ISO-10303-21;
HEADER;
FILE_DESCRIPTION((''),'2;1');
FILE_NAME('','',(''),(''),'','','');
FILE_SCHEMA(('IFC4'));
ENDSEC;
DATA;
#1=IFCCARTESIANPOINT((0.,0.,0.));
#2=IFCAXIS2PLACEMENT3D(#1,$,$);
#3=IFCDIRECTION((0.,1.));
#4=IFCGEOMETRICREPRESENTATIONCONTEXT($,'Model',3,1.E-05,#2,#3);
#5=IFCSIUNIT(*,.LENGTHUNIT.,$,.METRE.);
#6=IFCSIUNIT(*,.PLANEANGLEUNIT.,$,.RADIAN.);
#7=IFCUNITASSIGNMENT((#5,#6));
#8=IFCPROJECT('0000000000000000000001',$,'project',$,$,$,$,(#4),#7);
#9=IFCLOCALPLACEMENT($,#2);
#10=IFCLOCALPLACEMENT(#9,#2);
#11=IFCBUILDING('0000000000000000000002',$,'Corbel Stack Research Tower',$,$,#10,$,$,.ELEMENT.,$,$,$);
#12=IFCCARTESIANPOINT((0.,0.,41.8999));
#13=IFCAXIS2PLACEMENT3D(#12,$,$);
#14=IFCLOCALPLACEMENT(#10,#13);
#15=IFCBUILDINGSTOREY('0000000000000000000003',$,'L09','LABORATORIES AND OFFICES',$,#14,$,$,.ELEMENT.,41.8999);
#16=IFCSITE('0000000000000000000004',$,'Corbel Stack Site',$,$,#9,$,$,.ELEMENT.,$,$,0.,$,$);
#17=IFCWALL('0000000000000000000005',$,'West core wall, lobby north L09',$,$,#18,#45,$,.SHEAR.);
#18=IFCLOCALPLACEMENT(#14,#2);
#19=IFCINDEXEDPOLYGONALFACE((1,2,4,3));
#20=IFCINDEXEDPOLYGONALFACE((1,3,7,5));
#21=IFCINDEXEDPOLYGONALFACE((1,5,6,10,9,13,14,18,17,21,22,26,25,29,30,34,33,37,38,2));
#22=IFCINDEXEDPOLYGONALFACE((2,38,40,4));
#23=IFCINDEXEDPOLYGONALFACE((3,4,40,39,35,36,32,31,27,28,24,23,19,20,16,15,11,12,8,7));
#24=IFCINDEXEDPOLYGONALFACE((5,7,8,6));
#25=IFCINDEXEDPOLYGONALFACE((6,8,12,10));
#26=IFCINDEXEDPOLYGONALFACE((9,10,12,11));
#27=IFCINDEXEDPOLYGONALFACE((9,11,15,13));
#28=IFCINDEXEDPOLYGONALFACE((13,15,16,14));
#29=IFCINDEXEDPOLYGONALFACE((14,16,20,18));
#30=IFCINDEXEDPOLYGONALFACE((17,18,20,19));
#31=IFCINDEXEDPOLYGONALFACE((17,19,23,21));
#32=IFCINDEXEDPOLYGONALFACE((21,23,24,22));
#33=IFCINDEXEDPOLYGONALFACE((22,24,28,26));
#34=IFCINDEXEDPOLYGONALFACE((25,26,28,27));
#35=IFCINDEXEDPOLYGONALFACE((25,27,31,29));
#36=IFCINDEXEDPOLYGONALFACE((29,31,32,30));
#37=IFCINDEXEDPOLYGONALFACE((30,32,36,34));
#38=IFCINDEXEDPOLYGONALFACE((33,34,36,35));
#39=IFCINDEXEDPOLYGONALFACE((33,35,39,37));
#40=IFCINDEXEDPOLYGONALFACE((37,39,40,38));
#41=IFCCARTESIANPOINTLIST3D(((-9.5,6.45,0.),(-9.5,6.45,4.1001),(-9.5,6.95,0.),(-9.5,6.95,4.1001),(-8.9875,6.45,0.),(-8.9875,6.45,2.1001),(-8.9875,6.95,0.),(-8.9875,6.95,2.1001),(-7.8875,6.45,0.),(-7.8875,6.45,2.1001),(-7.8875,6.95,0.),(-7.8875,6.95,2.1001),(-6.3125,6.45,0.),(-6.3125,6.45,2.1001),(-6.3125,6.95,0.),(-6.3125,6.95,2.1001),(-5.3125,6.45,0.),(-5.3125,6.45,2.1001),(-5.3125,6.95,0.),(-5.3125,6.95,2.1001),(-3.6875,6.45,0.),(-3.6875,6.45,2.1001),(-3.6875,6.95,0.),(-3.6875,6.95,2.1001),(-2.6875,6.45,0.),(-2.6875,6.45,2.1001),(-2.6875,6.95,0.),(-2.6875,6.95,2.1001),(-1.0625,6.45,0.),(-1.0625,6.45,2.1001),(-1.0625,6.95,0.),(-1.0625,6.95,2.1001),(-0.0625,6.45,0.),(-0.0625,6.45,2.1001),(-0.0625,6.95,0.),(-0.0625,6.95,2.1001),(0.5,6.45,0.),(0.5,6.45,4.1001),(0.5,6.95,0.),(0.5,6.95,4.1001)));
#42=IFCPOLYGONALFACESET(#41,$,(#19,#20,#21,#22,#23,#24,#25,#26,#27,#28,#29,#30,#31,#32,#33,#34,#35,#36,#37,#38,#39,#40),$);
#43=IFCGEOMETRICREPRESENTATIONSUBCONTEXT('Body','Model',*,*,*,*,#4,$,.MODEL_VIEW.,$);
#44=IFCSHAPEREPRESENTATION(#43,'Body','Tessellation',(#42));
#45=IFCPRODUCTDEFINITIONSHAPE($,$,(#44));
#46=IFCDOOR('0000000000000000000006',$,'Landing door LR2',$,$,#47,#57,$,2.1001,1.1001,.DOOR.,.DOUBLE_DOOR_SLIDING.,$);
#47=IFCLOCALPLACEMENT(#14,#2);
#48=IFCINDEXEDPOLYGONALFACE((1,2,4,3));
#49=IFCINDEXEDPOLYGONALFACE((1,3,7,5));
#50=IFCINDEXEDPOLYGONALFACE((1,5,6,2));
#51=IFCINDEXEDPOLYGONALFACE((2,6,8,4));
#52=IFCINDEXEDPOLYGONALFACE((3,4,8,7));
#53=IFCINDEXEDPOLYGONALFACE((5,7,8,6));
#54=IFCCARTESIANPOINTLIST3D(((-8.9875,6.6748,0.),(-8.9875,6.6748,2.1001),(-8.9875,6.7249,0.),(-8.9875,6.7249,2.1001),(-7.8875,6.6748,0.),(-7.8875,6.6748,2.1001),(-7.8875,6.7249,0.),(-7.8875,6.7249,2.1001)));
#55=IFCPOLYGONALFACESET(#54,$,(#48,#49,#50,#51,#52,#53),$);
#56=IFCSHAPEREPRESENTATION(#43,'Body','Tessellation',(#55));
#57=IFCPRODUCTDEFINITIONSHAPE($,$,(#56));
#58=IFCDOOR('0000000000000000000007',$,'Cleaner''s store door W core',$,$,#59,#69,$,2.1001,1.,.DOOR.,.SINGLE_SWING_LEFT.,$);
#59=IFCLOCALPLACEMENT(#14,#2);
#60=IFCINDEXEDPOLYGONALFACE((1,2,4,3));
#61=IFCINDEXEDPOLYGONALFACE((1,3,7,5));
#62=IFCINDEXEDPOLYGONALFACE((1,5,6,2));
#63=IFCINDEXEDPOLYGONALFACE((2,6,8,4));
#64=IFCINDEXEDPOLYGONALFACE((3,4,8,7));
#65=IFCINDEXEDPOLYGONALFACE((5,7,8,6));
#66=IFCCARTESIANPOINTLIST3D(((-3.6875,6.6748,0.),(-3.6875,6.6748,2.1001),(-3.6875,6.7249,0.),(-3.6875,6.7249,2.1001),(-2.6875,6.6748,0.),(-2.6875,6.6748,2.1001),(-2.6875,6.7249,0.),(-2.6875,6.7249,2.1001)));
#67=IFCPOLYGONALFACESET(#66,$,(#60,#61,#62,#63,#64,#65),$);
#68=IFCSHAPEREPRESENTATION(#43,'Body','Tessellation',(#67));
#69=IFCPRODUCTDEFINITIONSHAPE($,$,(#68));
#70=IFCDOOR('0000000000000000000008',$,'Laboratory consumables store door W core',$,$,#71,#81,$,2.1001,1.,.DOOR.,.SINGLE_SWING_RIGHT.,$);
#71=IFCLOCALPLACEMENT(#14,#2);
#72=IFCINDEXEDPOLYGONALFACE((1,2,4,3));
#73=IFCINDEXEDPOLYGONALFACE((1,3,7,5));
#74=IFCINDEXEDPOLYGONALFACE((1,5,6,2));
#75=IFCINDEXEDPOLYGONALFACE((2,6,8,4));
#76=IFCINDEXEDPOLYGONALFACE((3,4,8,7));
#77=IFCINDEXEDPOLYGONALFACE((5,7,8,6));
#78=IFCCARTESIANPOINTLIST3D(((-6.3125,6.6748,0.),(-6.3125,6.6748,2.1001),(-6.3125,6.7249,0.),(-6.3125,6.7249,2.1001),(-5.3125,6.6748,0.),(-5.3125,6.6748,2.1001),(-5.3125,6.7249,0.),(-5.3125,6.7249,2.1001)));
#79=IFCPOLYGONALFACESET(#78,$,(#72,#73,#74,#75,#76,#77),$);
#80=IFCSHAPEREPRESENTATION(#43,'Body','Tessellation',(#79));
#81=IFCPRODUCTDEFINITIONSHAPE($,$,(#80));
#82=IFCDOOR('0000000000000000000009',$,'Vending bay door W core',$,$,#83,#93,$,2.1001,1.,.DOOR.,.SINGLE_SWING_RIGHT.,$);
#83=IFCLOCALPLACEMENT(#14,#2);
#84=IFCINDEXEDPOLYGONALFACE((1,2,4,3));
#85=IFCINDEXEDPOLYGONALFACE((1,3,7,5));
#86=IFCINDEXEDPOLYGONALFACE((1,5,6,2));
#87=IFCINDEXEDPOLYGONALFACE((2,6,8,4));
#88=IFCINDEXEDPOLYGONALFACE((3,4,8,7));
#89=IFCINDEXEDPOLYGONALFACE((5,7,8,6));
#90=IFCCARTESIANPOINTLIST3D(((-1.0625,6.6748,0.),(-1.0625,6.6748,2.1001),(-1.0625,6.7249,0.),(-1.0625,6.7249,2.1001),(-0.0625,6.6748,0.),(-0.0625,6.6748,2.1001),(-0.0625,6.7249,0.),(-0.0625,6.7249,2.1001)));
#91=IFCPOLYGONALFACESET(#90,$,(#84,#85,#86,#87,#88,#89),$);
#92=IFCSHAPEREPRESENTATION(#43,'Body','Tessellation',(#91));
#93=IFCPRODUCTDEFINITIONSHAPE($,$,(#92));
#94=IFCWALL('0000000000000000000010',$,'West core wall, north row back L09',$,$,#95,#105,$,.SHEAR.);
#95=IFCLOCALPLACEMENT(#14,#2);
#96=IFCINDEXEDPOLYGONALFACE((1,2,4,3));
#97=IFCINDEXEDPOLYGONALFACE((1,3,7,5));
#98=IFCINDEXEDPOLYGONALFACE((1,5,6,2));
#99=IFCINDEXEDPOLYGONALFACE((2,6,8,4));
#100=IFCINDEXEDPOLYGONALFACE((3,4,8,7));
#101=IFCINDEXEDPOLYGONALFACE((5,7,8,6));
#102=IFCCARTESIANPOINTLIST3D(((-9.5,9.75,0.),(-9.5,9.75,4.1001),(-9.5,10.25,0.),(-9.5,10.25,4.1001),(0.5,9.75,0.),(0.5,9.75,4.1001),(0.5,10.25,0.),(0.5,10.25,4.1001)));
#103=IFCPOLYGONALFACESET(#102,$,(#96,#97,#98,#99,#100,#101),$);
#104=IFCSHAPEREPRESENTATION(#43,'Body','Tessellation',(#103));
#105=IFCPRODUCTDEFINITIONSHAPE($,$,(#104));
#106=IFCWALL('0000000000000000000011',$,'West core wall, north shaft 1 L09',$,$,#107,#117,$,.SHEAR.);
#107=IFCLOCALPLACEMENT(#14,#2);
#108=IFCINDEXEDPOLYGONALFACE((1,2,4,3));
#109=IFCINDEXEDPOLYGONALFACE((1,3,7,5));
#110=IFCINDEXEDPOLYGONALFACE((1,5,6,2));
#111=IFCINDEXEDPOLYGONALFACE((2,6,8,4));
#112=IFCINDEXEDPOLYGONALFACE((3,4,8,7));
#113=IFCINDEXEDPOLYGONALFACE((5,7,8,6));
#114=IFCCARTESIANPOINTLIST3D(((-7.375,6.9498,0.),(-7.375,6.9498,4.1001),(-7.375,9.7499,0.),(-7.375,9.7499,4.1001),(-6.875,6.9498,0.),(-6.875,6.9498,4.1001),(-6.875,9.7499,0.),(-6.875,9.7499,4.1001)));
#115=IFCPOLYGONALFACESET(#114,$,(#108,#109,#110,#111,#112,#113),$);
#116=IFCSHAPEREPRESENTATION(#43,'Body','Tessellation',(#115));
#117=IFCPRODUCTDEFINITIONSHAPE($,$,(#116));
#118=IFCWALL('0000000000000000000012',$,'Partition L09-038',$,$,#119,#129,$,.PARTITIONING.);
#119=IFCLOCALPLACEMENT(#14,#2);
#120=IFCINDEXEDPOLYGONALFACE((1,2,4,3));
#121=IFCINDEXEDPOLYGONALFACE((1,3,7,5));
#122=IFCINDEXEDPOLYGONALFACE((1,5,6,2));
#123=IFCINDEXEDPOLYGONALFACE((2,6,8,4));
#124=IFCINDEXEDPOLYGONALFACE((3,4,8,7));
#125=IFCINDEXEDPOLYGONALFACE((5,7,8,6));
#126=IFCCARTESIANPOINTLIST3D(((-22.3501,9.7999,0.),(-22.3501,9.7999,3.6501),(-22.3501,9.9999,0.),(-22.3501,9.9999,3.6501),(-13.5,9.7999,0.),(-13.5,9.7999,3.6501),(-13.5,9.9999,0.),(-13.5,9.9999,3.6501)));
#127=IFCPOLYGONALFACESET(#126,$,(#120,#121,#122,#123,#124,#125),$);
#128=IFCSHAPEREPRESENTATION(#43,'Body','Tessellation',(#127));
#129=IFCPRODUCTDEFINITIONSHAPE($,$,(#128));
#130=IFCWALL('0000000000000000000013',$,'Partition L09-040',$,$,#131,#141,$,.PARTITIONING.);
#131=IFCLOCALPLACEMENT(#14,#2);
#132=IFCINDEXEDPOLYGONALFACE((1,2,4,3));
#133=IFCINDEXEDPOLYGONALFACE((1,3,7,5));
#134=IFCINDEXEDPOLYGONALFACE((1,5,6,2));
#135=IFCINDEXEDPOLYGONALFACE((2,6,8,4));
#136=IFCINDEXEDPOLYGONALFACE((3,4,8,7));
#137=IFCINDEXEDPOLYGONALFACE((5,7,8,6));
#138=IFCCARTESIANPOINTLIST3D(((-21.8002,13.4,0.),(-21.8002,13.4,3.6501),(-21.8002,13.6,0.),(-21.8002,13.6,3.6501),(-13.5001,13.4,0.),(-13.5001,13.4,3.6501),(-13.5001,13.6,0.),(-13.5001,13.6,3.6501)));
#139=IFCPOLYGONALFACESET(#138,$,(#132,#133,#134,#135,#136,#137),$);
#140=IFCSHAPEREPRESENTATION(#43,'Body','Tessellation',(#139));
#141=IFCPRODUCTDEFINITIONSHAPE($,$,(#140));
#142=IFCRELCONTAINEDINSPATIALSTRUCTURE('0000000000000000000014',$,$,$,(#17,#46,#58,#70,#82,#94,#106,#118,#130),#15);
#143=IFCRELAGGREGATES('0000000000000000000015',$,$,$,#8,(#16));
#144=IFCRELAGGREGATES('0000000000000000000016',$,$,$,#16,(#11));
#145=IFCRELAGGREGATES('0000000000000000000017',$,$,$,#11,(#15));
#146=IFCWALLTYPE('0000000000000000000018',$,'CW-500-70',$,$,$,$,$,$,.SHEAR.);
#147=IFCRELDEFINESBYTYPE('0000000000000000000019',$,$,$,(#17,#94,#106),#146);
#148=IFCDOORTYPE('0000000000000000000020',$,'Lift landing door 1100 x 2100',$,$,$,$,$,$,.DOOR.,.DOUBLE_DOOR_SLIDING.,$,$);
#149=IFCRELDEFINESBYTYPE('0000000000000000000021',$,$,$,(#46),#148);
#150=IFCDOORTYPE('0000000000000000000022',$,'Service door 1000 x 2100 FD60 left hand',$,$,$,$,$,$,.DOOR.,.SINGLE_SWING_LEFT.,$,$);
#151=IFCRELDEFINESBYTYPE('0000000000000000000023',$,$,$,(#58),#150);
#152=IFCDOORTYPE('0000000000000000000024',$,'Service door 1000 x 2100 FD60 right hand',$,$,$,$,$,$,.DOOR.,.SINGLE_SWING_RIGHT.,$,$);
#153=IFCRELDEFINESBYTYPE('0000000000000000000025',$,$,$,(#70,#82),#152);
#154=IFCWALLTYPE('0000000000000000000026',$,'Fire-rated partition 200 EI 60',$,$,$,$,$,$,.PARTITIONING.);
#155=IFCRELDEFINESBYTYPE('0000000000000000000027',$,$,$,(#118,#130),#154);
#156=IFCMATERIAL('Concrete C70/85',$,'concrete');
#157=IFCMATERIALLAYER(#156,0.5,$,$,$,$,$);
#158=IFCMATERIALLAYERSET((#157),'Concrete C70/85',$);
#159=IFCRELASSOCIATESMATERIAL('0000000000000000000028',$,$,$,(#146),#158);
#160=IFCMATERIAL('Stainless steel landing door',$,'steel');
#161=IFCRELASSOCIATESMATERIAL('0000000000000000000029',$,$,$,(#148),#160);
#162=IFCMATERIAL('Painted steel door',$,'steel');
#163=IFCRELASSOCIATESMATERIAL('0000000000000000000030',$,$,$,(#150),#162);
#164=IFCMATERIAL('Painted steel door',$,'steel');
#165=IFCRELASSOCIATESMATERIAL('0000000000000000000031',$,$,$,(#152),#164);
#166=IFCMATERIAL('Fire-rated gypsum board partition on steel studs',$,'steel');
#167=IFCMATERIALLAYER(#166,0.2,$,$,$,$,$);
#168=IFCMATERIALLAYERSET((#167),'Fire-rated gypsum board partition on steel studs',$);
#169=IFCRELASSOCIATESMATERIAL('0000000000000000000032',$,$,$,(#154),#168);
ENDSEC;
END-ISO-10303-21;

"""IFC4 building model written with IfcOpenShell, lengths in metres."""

from ifc_helpers import new_model, si_unit, direction, frame, frame_2d, origin, place, context, subcontext, project, spatial, rectangle, extrude, material, layer, layer_set, type_object, element, fill, save


model = new_model("IFC4")

# Units and contexts
model_context = context("Model", 3, precision=1e-05, world=origin(), true_north=direction((0.0, 1.0)))
body_context = subcontext(model_context, "Body", "Model", "MODEL_VIEW")
ifc_project = project(units=[si_unit("LENGTHUNIT", "METRE"), si_unit("PLANEANGLEUNIT", "RADIAN")], contexts=[model_context])

# Site, building, storey
site_placement = place(None, origin())
site = spatial("IfcSite", under=ifc_project, at=site_placement, Name="Corbel Stack Site", CompositionType="ELEMENT", RefElevation=0.0)
building_placement = place(site_placement, origin())
building = spatial("IfcBuilding", under=site, at=building_placement, Name="Corbel Stack Research Tower", CompositionType="ELEMENT")
storey_placement = place(building_placement, frame((0.0, 0.0, 41.8999)))
storey = spatial("IfcBuildingStorey", under=building, at=storey_placement, Name="L09", Description="LABORATORIES AND OFFICES", CompositionType="ELEMENT", Elevation=41.8999)

# Wall, openings, doors
ifc_material_1 = material(Name="Concrete C70/85", Category="concrete")
ifc_layer_1 = layer(ifc_material_1, 0.5)
ifc_layer_set_1 = layer_set([ifc_layer_1], Name="Concrete C70/85")
wall_type_1 = type_object("IfcWallType", Name="CW-500-70", PredefinedType="SHEAR", material=ifc_layer_set_1)
ifc_material_2 = material(Name="Stainless steel landing door", Category="steel")
door_type_1 = type_object("IfcDoorType", Name="Lift landing door 1100 x 2100", OperationType="DOUBLE_DOOR_SLIDING", PredefinedType="DOOR", material=ifc_material_2)
wall_1_placement = place(storey_placement, frame((-9.5, 6.7, 0.0), z_axis=(0.0, 0.0, 1.0), x_axis=(1.0, 0.0, 0.0)))
wall_1 = element("IfcWall", 1, at=wall_1_placement, inside=storey, type_object=wall_type_1, Name="West core wall, lobby north L09", PredefinedType="SHEAR", context=body_context, shape_type="SweptSolid", body=[
    extrude(rectangle(XDim=10.0, YDim=0.5, at=frame_2d((5.0, 0.0))), origin(), (0.0, 0.0, 1.0), 4.1001),
])
opening_1_placement = place(wall_1_placement, frame((0.5125, 0.0, 0.0)))
opening_1 = element("IfcOpeningElement", 2, at=opening_1_placement, cuts=wall_1, PredefinedType="OPENING", context=body_context, shape_type="SweptSolid", body=[
    extrude(rectangle(XDim=1.1001, YDim=2.1001, at=frame_2d((0.55, 1.05))), frame((0.0, 0.26, 0.0), z_axis=(0.0, -1.0, 0.0), x_axis=(1.0, 0.0, 0.0)), (0.0, 0.0, 1.0), 0.52),
])
opening_2_placement = place(wall_1_placement, frame((3.1875, 0.0, 0.0)))
opening_2 = element("IfcOpeningElement", 3, at=opening_2_placement, cuts=wall_1, PredefinedType="OPENING", context=body_context, shape_type="SweptSolid", body=[
    extrude(rectangle(XDim=1.0, YDim=2.1001, at=frame_2d((0.5, 1.05))), frame((0.0, 0.26, 0.0), z_axis=(0.0, -1.0, 0.0), x_axis=(1.0, 0.0, 0.0)), (0.0, 0.0, 1.0), 0.52),
])
opening_3_placement = place(wall_1_placement, frame((5.8125, 0.0, 0.0)))
opening_3 = element("IfcOpeningElement", 4, at=opening_3_placement, cuts=wall_1, PredefinedType="OPENING", context=body_context, shape_type="SweptSolid", body=[
    extrude(rectangle(XDim=1.0, YDim=2.1001, at=frame_2d((0.5, 1.05))), frame((0.0, 0.26, 0.0), z_axis=(0.0, -1.0, 0.0), x_axis=(1.0, 0.0, 0.0)), (0.0, 0.0, 1.0), 0.52),
])
opening_4_placement = place(wall_1_placement, frame((8.4375, 0.0, 0.0)))
opening_4 = element("IfcOpeningElement", 5, at=opening_4_placement, cuts=wall_1, PredefinedType="OPENING", context=body_context, shape_type="SweptSolid", body=[
    extrude(rectangle(XDim=1.0, YDim=2.1001, at=frame_2d((0.5, 1.05))), frame((0.0, 0.26, 0.0), z_axis=(0.0, -1.0, 0.0), x_axis=(1.0, 0.0, 0.0)), (0.0, 0.0, 1.0), 0.52),
])
door_1_placement = place(opening_1_placement, origin())
door_1 = element("IfcDoor", 6, at=door_1_placement, inside=storey, type_object=door_type_1, Name="Landing door LR2", OperationType="DOUBLE_DOOR_SLIDING", OverallHeight=2.1001, OverallWidth=1.1001, PredefinedType="DOOR", context=body_context, shape_type="SweptSolid", body=[
    extrude(rectangle(XDim=1.1001, YDim=2.1001, at=frame_2d((0.55, 1.05))), frame((0.0, 0.0249, 0.0), z_axis=(0.0, -1.0, 0.0), x_axis=(1.0, 0.0, 0.0)), (0.0, 0.0, 1.0), 0.05),
])
fill(opening_1, door_1)
ifc_material_3 = material(Name="Painted steel door", Category="steel")
door_type_2 = type_object("IfcDoorType", Name="Service door 1000 x 2100 FD60 left hand", OperationType="SINGLE_SWING_LEFT", PredefinedType="DOOR", material=ifc_material_3)
door_2_placement = place(opening_3_placement, origin())
door_2 = element("IfcDoor", 7, at=door_2_placement, inside=storey, type_object=door_type_2, Name="Cleaner's store door W core", OperationType="SINGLE_SWING_LEFT", OverallHeight=2.1001, OverallWidth=1.0, PredefinedType="DOOR", context=body_context, shape_type="SweptSolid", body=[
    extrude(rectangle(XDim=1.0, YDim=2.1001, at=frame_2d((0.5, 1.05))), frame((0.0, 0.0249, 0.0), z_axis=(0.0, -1.0, 0.0), x_axis=(1.0, 0.0, 0.0)), (0.0, 0.0, 1.0), 0.05),
])
fill(opening_3, door_2)
ifc_material_4 = material(Name="Painted steel door", Category="steel")
door_type_3 = type_object("IfcDoorType", Name="Service door 1000 x 2100 FD60 right hand", OperationType="SINGLE_SWING_RIGHT", PredefinedType="DOOR", material=ifc_material_4)
door_3_placement = place(opening_2_placement, origin())
door_3 = element("IfcDoor", 8, at=door_3_placement, inside=storey, type_object=door_type_3, Name="Laboratory consumables store door W core", OperationType="SINGLE_SWING_RIGHT", OverallHeight=2.1001, OverallWidth=1.0, PredefinedType="DOOR", context=body_context, shape_type="SweptSolid", body=[
    extrude(rectangle(XDim=1.0, YDim=2.1001, at=frame_2d((0.5, 1.05))), frame((0.0, 0.0249, 0.0), z_axis=(0.0, -1.0, 0.0), x_axis=(1.0, 0.0, 0.0)), (0.0, 0.0, 1.0), 0.05),
])
fill(opening_2, door_3)
door_4_placement = place(opening_4_placement, origin())
door_4 = element("IfcDoor", 9, at=door_4_placement, inside=storey, type_object=door_type_3, Name="Vending bay door W core", OperationType="SINGLE_SWING_RIGHT", OverallHeight=2.1001, OverallWidth=1.0, PredefinedType="DOOR", context=body_context, shape_type="SweptSolid", body=[
    extrude(rectangle(XDim=1.0, YDim=2.1001, at=frame_2d((0.5, 1.05))), frame((0.0, 0.0249, 0.0), z_axis=(0.0, -1.0, 0.0), x_axis=(1.0, 0.0, 0.0)), (0.0, 0.0, 1.0), 0.05),
])
fill(opening_4, door_4)

# Walls
wall_2_placement = place(storey_placement, frame((-9.5, 10.0, 0.0), z_axis=(0.0, 0.0, 1.0), x_axis=(1.0, 0.0, 0.0)))
element("IfcWall", 10, at=wall_2_placement, inside=storey, type_object=wall_type_1, Name="West core wall, north row back L09", PredefinedType="SHEAR", context=body_context, shape_type="SweptSolid", body=[
    extrude(rectangle(XDim=10.0, YDim=0.5, at=frame_2d((5.0, 0.0))), origin(), (0.0, 0.0, 1.0), 4.1001),
])
wall_3_placement = place(storey_placement, frame((-7.125, 6.95, 0.0), z_axis=(0.0, 0.0, 1.0), x_axis=(0.0, 1.0, 0.0)))
element("IfcWall", 11, at=wall_3_placement, inside=storey, type_object=wall_type_1, Name="West core wall, north shaft 1 L09", PredefinedType="SHEAR", context=body_context, shape_type="SweptSolid", body=[
    extrude(rectangle(XDim=2.8, YDim=0.5, at=frame_2d((1.3999, 0.0))), origin(), (0.0, 0.0, 1.0), 4.1001),
])
ifc_material_5 = material(Name="Fire-rated gypsum board partition on steel studs", Category="steel")
ifc_layer_2 = layer(ifc_material_5, 0.2)
ifc_layer_set_2 = layer_set([ifc_layer_2], Name="Fire-rated gypsum board partition on steel studs")
wall_type_2 = type_object("IfcWallType", Name="Fire-rated partition 200 EI 60", PredefinedType="PARTITIONING", material=ifc_layer_set_2)
wall_4_placement = place(storey_placement, frame((-22.3501, 9.8999, 0.0), z_axis=(0.0, 0.0, 1.0), x_axis=(1.0, 0.0, 0.0)))
element("IfcWall", 12, at=wall_4_placement, inside=storey, type_object=wall_type_2, Name="Partition L09-038", PredefinedType="PARTITIONING", context=body_context, shape_type="SweptSolid", body=[
    extrude(rectangle(XDim=8.8501, YDim=0.2, at=frame_2d((4.425, 0.0))), origin(), (0.0, 0.0, 1.0), 3.6501),
])
wall_5_placement = place(storey_placement, frame((-21.8, 13.5, 0.0), z_axis=(0.0, 0.0, 1.0), x_axis=(1.0, 0.0, 0.0)))
element("IfcWall", 13, at=wall_5_placement, inside=storey, type_object=wall_type_2, Name="Partition L09-040", PredefinedType="PARTITIONING", context=body_context, shape_type="SweptSolid", body=[
    extrude(rectangle(XDim=8.3, YDim=0.2, at=frame_2d((4.1499, 0.0))), origin(), (0.0, 0.0, 1.0), 3.6501),
])

save(model, "model.ifc")
